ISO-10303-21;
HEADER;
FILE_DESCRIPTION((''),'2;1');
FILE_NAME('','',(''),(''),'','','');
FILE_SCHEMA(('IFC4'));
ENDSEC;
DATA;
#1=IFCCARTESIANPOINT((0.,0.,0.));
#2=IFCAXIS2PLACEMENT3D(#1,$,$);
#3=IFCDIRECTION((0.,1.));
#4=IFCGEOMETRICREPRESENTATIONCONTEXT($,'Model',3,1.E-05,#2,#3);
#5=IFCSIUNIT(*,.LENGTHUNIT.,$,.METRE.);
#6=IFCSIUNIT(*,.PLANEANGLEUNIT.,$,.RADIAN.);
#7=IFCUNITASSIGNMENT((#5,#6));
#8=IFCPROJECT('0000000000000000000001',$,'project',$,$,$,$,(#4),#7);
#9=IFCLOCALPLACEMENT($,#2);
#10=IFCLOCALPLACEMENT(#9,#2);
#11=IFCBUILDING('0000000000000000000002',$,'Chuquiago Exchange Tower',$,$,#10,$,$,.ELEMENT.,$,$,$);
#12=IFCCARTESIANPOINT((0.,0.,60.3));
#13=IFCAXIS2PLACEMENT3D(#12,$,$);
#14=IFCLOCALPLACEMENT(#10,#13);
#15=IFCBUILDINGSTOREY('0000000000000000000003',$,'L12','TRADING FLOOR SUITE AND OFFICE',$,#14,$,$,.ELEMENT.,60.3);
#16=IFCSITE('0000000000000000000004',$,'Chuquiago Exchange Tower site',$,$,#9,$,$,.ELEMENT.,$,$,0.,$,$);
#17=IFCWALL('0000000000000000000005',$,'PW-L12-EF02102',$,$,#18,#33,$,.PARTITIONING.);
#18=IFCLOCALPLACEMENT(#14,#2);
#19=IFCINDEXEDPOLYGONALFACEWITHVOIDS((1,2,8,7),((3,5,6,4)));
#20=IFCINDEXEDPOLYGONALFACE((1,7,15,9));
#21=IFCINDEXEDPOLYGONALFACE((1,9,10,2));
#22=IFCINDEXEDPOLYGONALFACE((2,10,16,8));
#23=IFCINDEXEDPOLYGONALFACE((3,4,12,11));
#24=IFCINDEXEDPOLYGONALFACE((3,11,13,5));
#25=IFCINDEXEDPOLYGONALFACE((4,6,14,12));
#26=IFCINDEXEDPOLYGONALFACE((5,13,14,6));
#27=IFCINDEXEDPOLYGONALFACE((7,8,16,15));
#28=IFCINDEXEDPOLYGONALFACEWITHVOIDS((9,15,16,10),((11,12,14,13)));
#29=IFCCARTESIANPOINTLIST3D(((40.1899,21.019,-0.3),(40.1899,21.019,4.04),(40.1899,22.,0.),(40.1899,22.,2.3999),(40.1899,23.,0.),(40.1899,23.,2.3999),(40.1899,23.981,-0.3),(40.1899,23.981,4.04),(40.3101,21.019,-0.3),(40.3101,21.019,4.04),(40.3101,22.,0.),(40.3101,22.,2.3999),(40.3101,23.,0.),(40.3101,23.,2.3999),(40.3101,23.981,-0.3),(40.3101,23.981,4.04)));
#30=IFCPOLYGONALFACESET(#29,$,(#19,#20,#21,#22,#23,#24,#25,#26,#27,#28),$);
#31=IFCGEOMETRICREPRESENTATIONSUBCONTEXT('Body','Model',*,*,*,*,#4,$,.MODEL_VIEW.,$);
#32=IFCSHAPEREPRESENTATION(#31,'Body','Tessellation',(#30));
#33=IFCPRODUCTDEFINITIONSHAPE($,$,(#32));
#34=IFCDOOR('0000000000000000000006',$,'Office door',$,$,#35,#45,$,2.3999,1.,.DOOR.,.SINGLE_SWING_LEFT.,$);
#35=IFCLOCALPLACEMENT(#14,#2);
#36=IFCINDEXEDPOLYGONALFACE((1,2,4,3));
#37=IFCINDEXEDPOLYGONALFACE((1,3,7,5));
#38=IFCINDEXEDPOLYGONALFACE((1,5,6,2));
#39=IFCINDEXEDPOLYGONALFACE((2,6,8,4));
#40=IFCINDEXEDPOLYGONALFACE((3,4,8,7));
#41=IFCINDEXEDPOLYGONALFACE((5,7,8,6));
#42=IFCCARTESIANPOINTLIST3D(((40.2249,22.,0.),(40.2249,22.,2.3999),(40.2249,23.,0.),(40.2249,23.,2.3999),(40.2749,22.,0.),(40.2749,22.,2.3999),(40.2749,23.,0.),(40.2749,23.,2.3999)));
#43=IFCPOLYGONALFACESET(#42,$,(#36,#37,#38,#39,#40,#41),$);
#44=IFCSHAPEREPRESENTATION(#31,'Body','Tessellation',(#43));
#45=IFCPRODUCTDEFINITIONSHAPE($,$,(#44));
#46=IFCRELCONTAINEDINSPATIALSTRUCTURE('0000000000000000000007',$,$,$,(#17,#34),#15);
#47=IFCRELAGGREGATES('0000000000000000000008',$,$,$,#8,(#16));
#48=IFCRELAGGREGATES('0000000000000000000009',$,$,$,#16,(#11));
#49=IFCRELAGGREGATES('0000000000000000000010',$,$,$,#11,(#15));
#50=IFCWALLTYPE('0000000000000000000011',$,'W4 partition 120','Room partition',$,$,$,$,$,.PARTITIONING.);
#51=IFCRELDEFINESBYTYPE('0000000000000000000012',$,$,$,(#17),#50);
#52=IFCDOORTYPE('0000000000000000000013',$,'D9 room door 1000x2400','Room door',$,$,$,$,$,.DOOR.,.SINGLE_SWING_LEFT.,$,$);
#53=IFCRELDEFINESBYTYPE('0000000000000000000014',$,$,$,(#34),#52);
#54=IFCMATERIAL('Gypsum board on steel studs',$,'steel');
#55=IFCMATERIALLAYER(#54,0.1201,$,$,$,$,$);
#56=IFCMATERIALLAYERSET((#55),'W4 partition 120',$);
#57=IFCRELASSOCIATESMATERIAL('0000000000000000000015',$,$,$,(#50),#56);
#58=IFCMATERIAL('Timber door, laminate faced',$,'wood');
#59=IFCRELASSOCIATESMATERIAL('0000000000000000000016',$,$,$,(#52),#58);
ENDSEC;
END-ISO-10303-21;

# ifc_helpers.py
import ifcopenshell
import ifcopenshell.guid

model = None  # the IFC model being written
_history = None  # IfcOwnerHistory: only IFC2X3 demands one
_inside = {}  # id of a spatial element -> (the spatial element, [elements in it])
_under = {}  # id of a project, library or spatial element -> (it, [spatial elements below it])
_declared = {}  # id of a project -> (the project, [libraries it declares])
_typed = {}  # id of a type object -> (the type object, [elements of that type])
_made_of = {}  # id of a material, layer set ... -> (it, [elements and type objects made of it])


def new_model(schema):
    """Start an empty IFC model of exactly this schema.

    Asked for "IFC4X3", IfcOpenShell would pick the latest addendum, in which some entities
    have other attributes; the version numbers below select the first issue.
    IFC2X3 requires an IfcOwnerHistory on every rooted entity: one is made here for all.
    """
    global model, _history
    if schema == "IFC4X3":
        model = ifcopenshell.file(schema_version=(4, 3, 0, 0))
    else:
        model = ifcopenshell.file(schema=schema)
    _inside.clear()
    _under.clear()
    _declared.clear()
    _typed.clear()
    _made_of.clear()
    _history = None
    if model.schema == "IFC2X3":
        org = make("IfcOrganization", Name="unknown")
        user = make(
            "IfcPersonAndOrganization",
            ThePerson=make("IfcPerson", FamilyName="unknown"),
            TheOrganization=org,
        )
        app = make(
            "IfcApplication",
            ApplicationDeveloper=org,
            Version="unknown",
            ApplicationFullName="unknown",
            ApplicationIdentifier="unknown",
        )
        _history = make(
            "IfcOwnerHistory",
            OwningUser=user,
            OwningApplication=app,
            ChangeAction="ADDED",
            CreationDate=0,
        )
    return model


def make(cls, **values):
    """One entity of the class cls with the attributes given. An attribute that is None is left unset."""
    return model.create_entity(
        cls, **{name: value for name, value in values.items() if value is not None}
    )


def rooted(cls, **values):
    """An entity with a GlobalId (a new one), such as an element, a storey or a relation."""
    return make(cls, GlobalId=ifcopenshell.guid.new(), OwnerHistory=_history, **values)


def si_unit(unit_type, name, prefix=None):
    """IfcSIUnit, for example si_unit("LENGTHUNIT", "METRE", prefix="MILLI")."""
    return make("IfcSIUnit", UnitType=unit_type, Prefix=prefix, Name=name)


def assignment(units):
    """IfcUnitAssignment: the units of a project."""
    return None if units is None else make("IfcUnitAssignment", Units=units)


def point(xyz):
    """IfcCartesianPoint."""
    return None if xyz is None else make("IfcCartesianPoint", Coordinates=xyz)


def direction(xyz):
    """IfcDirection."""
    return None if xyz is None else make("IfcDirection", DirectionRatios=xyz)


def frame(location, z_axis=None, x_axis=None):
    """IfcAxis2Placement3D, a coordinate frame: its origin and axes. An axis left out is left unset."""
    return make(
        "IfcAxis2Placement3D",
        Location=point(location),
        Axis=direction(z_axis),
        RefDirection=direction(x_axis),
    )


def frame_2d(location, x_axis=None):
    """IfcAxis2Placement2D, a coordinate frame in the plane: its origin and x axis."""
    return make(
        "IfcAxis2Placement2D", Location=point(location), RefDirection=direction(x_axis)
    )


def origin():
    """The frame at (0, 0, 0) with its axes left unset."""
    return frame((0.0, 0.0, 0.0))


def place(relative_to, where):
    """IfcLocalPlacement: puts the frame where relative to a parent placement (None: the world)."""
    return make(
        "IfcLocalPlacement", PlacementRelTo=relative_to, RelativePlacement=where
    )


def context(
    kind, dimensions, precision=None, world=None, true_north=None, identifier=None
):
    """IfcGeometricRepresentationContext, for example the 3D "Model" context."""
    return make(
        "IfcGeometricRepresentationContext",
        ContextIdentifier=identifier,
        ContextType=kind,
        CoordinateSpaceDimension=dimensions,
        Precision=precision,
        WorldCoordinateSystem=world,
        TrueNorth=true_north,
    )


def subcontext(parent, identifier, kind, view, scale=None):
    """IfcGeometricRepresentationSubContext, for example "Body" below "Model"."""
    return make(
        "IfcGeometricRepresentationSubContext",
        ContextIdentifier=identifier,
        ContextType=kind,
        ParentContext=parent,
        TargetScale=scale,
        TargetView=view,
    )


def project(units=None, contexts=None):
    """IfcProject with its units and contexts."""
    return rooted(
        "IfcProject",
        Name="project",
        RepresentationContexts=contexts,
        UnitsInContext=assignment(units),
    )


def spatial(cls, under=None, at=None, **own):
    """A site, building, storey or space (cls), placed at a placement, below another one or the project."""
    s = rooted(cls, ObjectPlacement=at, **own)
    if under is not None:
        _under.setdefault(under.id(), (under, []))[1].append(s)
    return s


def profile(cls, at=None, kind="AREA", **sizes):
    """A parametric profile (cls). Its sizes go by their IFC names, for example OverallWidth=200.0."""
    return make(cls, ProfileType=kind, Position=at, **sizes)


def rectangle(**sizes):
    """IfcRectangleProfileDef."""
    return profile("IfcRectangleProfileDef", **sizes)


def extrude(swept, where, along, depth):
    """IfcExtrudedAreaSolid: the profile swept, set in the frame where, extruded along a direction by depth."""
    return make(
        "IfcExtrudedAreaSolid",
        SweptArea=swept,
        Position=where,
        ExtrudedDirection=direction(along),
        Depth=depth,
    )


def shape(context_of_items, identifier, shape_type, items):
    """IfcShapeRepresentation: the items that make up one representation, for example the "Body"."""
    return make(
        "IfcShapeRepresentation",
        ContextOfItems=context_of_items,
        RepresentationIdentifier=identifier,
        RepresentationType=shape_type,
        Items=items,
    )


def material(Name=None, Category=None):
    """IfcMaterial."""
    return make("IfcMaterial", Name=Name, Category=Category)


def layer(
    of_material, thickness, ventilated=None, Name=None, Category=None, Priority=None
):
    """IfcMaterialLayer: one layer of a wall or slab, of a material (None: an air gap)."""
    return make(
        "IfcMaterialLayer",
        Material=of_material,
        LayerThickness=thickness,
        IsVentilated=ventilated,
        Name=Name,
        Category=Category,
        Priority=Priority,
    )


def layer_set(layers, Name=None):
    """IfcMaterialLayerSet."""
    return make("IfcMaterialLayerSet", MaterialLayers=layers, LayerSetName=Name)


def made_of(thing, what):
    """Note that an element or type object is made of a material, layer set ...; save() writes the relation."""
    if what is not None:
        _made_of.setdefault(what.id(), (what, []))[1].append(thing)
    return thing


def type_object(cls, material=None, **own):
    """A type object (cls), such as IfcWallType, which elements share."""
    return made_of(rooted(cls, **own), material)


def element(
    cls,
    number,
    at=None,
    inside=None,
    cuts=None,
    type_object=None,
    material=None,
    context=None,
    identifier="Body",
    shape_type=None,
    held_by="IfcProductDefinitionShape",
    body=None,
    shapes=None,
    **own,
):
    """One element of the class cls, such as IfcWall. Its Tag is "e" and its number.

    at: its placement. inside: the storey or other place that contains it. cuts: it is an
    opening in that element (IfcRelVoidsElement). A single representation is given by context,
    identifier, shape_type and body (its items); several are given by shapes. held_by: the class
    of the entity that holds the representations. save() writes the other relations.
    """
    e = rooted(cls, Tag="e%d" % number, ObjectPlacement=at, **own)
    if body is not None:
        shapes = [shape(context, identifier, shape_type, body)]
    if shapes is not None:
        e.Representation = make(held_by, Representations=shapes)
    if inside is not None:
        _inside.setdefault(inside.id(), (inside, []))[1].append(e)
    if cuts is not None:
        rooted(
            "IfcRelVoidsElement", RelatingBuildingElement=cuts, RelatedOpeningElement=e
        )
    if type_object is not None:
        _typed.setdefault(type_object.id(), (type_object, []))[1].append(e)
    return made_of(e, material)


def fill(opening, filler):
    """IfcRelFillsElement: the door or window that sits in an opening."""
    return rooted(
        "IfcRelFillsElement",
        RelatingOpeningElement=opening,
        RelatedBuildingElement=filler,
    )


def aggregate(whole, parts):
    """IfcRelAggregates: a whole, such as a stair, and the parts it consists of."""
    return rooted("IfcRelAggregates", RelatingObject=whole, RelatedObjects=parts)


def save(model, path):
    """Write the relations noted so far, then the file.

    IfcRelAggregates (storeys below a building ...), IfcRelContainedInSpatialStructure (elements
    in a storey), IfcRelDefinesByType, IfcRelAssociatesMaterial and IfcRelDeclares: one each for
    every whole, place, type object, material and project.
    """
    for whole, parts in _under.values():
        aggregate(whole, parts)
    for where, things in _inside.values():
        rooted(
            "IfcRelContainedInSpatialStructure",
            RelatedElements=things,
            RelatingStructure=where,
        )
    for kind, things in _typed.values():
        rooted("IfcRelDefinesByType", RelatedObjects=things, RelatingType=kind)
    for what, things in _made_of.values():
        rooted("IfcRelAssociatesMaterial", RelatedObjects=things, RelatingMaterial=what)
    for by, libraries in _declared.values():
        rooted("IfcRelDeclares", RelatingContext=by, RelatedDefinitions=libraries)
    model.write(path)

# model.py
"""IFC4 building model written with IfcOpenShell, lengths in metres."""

from ifc_helpers import new_model, si_unit, direction, frame, frame_2d, origin, place, context, subcontext, project, spatial, rectangle, extrude, material, layer, layer_set, type_object, element, fill, save


model = new_model("IFC4")

# Units and contexts
model_context = context("Model", 3, precision=1e-05, world=origin(), true_north=direction((0.0, 1.0)))
body_context = subcontext(model_context, "Body", "Model", "MODEL_VIEW")
ifc_project = project(units=[si_unit("LENGTHUNIT", "METRE"), si_unit("PLANEANGLEUNIT", "RADIAN")], contexts=[model_context])

# Site, building, storey
site_placement = place(None, origin())
site = spatial("IfcSite", under=ifc_project, at=site_placement, Name="Chuquiago Exchange Tower site", CompositionType="ELEMENT", RefElevation=0.0)
building_placement = place(site_placement, origin())
building = spatial("IfcBuilding", under=site, at=building_placement, Name="Chuquiago Exchange Tower", CompositionType="ELEMENT")
storey_placement = place(building_placement, frame((0.0, 0.0, 60.3)))
storey = spatial("IfcBuildingStorey", under=building, at=storey_placement, Name="L12", Description="TRADING FLOOR SUITE AND OFFICE", CompositionType="ELEMENT", Elevation=60.3)

# Shared definitions
ifc_material_1 = material(Name="Gypsum board on steel studs", Category="steel")
ifc_layer_1 = layer(ifc_material_1, 0.1201)
ifc_layer_set_1 = layer_set([ifc_layer_1], Name="W4 partition 120")
wall_type_1 = type_object("IfcWallType", Name="W4 partition 120", Description="Room partition", PredefinedType="PARTITIONING", material=ifc_layer_set_1)

# Wall, opening, door
ifc_material_2 = material(Name="Timber door, laminate faced", Category="wood")
door_type = type_object("IfcDoorType", Name="D9 room door 1000x2400", Description="Room door", OperationType="SINGLE_SWING_LEFT", PredefinedType="DOOR", material=ifc_material_2)
wall_1_placement = place(storey_placement, frame((40.25, 21.019, -0.3), z_axis=(0.0, 0.0, 1.0), x_axis=(0.0, 1.0, 0.0)))
wall_1 = element("IfcWall", 1, at=wall_1_placement, inside=storey, type_object=wall_type_1, Name="PW-L12-EF02102", PredefinedType="PARTITIONING", context=body_context, shape_type="SweptSolid", body=[
    extrude(rectangle(XDim=2.9619, YDim=0.1201, at=frame_2d((1.481, 0.0))), origin(), (0.0, 0.0, 1.0), 4.3401),
])
opening_1_placement = place(wall_1_placement, frame((0.981, 0.0, 0.3)))
opening_1 = element("IfcOpeningElement", 2, at=opening_1_placement, cuts=wall_1, PredefinedType="OPENING", context=body_context, shape_type="SweptSolid", body=[
    extrude(rectangle(XDim=1.0, YDim=2.3999, at=frame_2d((0.5, 1.2))), frame((0.0, 0.0701, 0.0), z_axis=(0.0, -1.0, 0.0), x_axis=(1.0, 0.0, 0.0)), (0.0, 0.0, 1.0), 0.1401),
])
door_1_placement = place(opening_1_placement, frame((1.0, 0.0, 0.0), z_axis=(0.0, 0.0, 1.0), x_axis=(-1.0, 0.0, 0.0)))
door_1 = element("IfcDoor", 3, at=door_1_placement, inside=storey, type_object=door_type, Name="Office door", OperationType="SINGLE_SWING_LEFT", OverallHeight=2.3999, OverallWidth=1.0, PredefinedType="DOOR", context=body_context, shape_type="SweptSolid", body=[
    extrude(rectangle(XDim=1.0, YDim=2.3999, at=frame_2d((0.5, 1.2))), frame((0.0, 0.0249, 0.0), z_axis=(0.0, -1.0, 0.0), x_axis=(1.0, 0.0, 0.0)), (0.0, 0.0, 1.0), 0.05),
])
fill(opening_1, door_1)

save(model, "model.ifc")
